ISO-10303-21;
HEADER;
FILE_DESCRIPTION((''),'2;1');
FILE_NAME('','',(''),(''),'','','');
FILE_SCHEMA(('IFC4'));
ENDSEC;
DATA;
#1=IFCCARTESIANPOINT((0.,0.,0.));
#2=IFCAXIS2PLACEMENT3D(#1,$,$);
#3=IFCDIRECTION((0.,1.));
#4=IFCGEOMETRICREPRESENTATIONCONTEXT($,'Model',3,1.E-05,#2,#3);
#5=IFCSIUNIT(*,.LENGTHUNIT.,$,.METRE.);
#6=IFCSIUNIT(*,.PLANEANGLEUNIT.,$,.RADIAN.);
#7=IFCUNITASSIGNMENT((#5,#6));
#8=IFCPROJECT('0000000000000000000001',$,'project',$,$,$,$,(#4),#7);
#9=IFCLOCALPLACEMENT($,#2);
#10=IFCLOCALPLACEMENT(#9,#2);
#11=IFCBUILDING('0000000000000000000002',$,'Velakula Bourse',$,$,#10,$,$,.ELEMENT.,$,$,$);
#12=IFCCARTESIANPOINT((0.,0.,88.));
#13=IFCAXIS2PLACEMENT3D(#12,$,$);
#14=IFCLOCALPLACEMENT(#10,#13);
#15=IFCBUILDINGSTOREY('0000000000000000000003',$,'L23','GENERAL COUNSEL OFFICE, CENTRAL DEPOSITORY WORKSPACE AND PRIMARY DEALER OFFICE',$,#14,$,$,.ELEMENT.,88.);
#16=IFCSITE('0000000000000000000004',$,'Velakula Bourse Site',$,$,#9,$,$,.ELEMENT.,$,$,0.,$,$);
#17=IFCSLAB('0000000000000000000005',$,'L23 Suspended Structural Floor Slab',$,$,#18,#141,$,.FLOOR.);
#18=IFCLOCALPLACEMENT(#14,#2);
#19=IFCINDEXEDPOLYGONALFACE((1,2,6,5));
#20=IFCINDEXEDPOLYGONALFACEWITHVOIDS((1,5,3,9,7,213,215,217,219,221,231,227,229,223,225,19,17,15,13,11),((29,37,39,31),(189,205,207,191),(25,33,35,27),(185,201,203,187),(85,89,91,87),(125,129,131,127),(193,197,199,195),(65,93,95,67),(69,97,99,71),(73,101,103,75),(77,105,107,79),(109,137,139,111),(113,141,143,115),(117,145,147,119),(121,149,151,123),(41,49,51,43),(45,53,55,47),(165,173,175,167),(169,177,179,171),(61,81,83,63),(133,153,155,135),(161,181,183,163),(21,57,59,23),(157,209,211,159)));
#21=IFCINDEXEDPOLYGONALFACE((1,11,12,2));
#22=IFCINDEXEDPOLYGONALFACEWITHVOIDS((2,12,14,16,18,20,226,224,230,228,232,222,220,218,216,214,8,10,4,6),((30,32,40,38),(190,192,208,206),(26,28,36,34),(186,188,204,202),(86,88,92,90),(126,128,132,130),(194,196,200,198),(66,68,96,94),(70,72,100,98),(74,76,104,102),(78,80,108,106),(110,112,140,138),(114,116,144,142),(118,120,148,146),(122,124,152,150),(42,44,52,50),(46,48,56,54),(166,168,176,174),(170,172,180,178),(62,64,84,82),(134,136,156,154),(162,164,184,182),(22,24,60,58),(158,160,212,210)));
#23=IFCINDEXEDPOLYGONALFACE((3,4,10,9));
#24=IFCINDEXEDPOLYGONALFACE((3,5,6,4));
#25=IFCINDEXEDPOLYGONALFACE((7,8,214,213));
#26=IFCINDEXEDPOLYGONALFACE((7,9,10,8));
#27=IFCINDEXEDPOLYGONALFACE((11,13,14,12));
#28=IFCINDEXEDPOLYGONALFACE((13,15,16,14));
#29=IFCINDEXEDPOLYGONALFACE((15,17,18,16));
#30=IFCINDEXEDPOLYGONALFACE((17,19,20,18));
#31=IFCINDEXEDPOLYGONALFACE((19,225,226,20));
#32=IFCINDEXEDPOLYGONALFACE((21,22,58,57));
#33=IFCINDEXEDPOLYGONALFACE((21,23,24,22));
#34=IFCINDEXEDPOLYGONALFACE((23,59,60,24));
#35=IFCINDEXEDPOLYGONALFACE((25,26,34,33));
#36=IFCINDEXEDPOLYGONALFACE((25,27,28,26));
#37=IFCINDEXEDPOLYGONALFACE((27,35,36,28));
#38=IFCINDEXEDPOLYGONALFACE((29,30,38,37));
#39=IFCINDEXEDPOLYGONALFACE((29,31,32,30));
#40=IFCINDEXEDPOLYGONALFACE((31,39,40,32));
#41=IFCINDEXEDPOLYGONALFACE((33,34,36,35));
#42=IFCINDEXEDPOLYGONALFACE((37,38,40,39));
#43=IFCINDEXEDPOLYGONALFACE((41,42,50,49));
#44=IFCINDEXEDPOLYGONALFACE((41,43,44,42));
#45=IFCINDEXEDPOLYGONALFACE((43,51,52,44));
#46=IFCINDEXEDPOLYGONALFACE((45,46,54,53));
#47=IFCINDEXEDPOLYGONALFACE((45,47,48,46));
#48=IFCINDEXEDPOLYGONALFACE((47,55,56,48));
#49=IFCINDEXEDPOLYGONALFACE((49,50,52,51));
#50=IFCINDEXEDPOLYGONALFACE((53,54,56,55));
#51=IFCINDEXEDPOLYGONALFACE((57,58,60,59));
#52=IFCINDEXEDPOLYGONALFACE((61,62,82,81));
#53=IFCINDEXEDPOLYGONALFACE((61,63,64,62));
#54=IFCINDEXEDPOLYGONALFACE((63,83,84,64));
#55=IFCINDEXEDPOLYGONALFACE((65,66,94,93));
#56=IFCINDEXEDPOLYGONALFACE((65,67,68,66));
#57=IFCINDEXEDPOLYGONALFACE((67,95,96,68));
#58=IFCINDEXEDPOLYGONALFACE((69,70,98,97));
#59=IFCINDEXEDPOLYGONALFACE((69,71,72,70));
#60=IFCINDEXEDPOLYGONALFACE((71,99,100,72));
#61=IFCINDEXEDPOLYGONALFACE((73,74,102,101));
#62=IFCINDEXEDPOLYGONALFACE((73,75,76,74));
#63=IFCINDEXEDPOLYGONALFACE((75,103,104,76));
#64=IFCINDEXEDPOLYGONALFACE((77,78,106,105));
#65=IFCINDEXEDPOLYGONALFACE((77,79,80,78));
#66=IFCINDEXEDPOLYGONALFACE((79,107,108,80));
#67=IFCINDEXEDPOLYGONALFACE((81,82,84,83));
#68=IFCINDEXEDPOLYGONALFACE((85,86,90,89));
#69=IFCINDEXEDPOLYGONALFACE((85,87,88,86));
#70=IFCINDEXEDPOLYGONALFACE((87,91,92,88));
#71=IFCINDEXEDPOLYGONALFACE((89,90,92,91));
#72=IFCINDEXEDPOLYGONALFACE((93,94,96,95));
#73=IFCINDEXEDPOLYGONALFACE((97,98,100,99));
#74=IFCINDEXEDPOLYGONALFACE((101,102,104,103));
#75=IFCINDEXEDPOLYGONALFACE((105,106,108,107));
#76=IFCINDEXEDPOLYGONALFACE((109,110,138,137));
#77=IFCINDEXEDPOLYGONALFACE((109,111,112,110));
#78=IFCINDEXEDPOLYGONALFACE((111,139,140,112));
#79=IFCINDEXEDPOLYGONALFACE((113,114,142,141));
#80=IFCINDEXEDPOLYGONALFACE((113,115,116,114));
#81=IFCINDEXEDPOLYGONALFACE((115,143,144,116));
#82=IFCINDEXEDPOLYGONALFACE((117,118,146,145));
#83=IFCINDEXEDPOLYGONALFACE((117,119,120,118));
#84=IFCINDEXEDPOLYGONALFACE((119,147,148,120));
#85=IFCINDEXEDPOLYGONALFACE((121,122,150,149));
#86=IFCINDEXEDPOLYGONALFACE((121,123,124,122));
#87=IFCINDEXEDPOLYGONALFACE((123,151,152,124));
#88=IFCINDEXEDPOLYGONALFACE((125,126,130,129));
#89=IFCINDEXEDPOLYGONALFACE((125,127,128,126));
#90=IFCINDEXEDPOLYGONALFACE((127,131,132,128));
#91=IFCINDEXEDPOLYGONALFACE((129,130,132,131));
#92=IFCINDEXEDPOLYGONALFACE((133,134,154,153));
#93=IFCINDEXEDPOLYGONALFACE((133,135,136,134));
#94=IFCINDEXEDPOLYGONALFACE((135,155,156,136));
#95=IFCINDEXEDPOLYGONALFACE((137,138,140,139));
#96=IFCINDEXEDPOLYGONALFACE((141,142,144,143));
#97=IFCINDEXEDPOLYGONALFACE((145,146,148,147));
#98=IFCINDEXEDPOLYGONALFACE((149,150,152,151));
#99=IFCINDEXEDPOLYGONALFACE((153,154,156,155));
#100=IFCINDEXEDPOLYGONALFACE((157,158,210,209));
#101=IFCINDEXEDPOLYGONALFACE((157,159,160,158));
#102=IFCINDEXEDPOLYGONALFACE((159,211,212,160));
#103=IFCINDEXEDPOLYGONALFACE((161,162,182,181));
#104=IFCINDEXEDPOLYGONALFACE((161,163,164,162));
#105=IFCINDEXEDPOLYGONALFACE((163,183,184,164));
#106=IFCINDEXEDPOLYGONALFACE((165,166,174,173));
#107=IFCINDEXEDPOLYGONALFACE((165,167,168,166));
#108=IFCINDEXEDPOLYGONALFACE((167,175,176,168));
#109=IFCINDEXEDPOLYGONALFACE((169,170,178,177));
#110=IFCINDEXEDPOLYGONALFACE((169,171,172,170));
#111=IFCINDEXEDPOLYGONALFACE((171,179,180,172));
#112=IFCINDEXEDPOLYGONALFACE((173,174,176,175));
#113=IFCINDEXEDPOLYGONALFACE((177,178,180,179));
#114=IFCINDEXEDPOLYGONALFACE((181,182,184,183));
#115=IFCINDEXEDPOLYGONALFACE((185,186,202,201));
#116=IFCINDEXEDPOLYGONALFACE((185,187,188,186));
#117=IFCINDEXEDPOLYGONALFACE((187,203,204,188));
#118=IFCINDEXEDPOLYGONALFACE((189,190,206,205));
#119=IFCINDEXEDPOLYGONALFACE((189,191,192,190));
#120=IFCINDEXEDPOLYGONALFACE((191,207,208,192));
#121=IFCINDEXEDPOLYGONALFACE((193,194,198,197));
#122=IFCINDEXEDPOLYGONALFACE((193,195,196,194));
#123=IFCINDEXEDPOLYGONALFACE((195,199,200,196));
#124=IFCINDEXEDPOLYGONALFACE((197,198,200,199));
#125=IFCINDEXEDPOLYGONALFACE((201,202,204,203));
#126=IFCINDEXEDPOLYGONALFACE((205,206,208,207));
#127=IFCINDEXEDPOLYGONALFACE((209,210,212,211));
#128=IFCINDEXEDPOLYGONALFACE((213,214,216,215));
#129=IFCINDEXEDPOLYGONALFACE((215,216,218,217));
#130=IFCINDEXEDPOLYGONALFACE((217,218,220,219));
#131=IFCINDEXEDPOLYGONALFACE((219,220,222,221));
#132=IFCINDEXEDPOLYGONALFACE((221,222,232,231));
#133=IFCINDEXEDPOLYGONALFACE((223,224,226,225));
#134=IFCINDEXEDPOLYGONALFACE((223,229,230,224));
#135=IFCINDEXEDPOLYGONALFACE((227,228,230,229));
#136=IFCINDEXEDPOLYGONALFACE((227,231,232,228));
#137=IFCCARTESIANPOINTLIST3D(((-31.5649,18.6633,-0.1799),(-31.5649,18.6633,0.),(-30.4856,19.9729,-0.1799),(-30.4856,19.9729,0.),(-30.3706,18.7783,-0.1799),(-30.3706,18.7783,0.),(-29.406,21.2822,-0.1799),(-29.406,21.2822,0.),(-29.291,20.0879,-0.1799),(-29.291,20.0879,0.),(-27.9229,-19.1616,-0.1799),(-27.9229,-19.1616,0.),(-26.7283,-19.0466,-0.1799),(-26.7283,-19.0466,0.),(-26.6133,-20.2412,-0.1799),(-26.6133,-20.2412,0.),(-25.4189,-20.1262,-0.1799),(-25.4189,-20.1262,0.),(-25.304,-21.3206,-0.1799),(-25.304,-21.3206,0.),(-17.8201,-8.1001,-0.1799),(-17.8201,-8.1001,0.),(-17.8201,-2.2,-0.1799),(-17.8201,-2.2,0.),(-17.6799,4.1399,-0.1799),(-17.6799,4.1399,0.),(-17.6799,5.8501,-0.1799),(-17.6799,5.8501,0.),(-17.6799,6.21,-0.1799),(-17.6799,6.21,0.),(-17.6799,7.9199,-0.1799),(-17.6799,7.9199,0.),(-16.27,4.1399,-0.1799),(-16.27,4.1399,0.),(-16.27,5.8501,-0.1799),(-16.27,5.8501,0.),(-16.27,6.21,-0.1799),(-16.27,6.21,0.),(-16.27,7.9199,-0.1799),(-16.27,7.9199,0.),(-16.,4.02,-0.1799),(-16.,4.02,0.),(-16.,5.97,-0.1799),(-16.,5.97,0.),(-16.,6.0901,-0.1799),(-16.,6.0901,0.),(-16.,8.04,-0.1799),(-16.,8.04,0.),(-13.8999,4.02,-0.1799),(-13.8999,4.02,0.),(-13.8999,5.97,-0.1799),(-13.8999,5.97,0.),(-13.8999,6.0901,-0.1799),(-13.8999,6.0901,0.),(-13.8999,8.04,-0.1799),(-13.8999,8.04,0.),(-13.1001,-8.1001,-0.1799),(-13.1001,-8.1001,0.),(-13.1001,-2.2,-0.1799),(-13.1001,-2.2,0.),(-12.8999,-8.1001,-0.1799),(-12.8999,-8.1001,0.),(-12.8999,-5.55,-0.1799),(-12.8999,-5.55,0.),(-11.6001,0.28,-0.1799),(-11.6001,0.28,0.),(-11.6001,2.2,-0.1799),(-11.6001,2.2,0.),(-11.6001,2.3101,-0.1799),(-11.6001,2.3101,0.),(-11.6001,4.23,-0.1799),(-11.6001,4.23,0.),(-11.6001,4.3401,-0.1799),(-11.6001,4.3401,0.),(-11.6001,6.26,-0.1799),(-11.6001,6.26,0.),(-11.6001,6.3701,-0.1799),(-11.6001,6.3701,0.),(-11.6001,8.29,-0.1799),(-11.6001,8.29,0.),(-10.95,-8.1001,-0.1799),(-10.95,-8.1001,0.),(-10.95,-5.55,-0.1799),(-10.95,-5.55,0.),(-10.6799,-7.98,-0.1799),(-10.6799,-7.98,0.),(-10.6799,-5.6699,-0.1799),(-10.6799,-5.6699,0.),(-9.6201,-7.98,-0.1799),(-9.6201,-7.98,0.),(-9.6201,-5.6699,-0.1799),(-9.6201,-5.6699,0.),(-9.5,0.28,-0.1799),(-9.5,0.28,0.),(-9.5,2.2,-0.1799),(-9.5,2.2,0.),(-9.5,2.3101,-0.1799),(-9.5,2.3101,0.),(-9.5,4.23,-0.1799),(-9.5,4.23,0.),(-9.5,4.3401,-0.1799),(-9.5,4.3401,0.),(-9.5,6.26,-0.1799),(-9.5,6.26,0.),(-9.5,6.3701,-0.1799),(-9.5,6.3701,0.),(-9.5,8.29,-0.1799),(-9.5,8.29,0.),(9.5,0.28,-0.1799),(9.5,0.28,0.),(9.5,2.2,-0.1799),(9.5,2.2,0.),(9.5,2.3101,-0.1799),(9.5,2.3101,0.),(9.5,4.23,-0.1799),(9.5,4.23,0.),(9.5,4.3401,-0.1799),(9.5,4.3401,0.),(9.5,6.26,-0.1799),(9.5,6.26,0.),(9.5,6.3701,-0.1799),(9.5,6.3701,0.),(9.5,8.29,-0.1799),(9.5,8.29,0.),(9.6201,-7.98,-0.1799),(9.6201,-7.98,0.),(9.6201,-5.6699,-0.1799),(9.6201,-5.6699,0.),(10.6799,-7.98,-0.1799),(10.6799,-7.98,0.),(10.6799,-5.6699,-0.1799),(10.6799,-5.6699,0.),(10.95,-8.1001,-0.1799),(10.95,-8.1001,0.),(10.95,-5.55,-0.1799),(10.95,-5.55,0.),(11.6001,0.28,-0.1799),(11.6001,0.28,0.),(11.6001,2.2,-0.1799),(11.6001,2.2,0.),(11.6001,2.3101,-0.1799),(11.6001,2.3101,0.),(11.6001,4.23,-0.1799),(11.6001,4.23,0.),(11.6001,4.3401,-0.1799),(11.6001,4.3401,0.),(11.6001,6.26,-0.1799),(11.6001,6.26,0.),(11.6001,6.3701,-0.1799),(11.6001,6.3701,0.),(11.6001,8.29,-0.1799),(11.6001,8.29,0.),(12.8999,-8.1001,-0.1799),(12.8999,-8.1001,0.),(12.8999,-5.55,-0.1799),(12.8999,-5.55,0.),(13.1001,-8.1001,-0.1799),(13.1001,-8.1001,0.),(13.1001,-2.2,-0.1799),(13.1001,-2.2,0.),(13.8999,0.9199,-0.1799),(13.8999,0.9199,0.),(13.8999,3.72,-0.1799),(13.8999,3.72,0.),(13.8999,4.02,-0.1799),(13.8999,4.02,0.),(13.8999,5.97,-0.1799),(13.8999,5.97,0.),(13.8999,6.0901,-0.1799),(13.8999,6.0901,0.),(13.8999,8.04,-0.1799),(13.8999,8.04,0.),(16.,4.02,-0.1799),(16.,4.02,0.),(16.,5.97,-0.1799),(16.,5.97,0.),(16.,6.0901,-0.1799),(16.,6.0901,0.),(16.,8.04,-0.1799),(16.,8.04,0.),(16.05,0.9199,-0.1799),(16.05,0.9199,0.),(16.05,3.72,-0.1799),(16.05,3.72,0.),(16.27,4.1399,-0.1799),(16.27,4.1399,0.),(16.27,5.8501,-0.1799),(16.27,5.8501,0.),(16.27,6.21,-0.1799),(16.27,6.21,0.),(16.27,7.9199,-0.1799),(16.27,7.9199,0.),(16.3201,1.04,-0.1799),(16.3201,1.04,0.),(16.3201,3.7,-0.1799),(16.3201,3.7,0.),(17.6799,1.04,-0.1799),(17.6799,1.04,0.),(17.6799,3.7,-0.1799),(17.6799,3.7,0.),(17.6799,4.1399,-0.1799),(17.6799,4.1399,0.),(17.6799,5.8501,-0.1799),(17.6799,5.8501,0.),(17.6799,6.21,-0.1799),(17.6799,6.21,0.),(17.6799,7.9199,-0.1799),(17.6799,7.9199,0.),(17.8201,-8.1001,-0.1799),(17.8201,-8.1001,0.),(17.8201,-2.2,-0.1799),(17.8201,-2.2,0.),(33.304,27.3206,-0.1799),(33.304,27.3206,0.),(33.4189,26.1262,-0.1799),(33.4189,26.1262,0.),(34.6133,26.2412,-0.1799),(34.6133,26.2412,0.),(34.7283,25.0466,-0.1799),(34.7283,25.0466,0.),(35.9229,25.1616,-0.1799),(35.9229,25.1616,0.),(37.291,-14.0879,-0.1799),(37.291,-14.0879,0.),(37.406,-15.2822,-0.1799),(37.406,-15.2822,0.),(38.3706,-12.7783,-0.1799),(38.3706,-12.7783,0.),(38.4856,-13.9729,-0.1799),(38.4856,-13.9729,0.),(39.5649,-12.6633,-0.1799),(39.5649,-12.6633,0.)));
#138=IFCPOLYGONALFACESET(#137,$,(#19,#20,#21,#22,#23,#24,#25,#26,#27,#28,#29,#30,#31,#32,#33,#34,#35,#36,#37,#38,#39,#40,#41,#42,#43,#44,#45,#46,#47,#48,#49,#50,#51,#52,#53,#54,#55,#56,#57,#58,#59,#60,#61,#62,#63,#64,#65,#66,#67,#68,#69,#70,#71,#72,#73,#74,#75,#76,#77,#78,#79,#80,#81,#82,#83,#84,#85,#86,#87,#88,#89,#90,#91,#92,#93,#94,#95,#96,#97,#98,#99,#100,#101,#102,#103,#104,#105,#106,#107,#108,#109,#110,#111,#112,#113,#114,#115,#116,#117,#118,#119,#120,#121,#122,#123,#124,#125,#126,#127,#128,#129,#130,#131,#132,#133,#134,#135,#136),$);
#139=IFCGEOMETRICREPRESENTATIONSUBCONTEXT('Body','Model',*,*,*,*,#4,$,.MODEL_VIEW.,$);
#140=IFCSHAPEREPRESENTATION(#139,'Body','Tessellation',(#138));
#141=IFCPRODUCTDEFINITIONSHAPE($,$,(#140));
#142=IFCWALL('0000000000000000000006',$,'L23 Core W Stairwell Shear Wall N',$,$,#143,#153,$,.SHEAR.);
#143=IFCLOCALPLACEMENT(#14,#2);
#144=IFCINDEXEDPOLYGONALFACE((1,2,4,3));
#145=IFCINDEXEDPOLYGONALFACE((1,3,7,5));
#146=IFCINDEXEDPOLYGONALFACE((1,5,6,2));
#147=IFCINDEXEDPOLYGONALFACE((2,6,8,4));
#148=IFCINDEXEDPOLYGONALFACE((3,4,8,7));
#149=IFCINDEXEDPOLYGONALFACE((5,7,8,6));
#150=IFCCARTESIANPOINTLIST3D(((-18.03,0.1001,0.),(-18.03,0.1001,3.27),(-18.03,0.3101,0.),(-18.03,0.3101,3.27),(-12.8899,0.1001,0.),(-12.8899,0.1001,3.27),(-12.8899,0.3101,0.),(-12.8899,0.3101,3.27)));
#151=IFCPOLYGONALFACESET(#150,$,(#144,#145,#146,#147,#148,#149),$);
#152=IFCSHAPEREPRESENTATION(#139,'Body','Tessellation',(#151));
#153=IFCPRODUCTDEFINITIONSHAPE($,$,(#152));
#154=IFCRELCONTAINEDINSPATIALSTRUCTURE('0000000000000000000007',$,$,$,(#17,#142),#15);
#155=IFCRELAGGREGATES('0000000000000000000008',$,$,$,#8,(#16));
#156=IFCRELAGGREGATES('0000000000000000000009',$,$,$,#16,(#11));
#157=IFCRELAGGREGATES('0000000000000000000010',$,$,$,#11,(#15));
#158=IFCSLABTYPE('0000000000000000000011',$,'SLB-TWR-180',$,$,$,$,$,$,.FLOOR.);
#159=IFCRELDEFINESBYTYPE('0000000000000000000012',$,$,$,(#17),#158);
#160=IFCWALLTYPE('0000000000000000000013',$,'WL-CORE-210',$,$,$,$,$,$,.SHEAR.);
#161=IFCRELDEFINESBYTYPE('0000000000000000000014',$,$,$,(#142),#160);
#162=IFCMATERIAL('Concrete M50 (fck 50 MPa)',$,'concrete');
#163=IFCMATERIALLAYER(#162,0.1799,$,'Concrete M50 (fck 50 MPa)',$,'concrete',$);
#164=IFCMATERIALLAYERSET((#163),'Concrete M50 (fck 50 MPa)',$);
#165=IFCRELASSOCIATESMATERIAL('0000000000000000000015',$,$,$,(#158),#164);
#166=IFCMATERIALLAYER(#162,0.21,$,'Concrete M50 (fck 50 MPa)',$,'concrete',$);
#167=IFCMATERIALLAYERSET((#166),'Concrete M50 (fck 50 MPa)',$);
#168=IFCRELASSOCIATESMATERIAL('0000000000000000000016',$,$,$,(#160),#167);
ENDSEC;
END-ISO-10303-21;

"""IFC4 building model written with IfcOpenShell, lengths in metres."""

from ifc_helpers import new_model, si_unit, direction, frame, frame_2d, origin, place, context, subcontext, project, spatial, polyline, rectangle, outline, extrude, material, layer, layer_set, type_object, element, save


model = new_model("IFC4")

# Units and contexts
model_context = context("Model", 3, precision=1e-05, world=origin(), true_north=direction((0.0, 1.0)))
body_context = subcontext(model_context, "Body", "Model", "MODEL_VIEW")
ifc_project = project(units=[si_unit("LENGTHUNIT", "METRE"), si_unit("PLANEANGLEUNIT", "RADIAN")], contexts=[model_context])

# Site, building, storey
site_placement = place(None, origin())
site = spatial("IfcSite", under=ifc_project, at=site_placement, Name="Velakula Bourse Site", CompositionType="ELEMENT", RefElevation=0.0)
building_placement = place(site_placement, origin())
building = spatial("IfcBuilding", under=site, at=building_placement, Name="Velakula Bourse", CompositionType="ELEMENT")
storey_placement = place(building_placement, frame((0.0, 0.0, 88.0)))
storey = spatial("IfcBuildingStorey", under=building, at=storey_placement, Name="L23", Description="GENERAL COUNSEL OFFICE, CENTRAL DEPOSITORY WORKSPACE AND PRIMARY DEALER OFFICE", CompositionType="ELEMENT", Elevation=88.0)

# Slab
ifc_material_1 = material(Name="Concrete M50 (fck 50 MPa)", Category="concrete")
ifc_layer_1 = layer(ifc_material_1, 0.1799, Name="Concrete M50 (fck 50 MPa)", Category="concrete")
ifc_layer_set_1 = layer_set([ifc_layer_1], Name="Concrete M50 (fck 50 MPa)")
slab_type = type_object("IfcSlabType", Name="SLB-TWR-180", PredefinedType="FLOOR", material=ifc_layer_set_1)
slab_placement = place(storey_placement, frame((0.0, 0.0, -0.1799)))
element("IfcSlab", 1, at=slab_placement, inside=storey, type_object=slab_type, Name="L23 Suspended Structural Floor Slab", PredefinedType="FLOOR", context=body_context, shape_type="SweptSolid", body=[
    extrude(outline(polyline([(-25.304, -21.3206), (37.406, -15.2822), (37.291, -14.0879), (38.4856, -13.9729), (38.3706, -12.7783), (39.5649, -12.6633), (35.9229, 25.1616), (34.7283, 25.0466), (34.6133, 26.2412), (33.4189, 26.1262), (33.304, 27.3206), (-29.406, 21.2822), (-29.291, 20.0879), (-30.4856, 19.9729), (-30.3706, 18.7783), (-31.5649, 18.6633), (-27.9229, -19.1616), (-26.7283, -19.0466), (-26.6133, -20.2412), (-25.4189, -20.1262), (-25.304, -21.3206)]), holes=[polyline([(-17.8201, -8.1001), (-13.1001, -8.1001), (-13.1001, -2.2), (-17.8201, -2.2), (-17.8201, -8.1001)]), polyline([(13.1001, -8.1001), (17.8201, -8.1001), (17.8201, -2.2), (13.1001, -2.2), (13.1001, -8.1001)]), polyline([(-12.8999, -8.1001), (-10.95, -8.1001), (-10.95, -5.55), (-12.8999, -5.55), (-12.8999, -8.1001)]), polyline([(10.95, -8.1001), (12.8999, -8.1001), (12.8999, -5.55), (10.95, -5.55), (10.95, -8.1001)]), polyline([(13.8999, 0.9199), (16.05, 0.9199), (16.05, 3.72), (13.8999, 3.72), (13.8999, 0.9199)]), polyline([(-10.6799, -7.98), (-9.6201, -7.98), (-9.6201, -5.6699), (-10.6799, -5.6699), (-10.6799, -7.98)]), polyline([(-17.6799, 4.1399), (-16.27, 4.1399), (-16.27, 5.8501), (-17.6799, 5.8501), (-17.6799, 4.1399)]), polyline([(-17.6799, 6.21), (-16.27, 6.21), (-16.27, 7.9199), (-17.6799, 7.9199), (-17.6799, 6.21)]), polyline([(9.6201, -7.98), (10.6799, -7.98), (10.6799, -5.6699), (9.6201, -5.6699), (9.6201, -7.98)]), polyline([(16.27, 4.1399), (17.6799, 4.1399), (17.6799, 5.8501), (16.27, 5.8501), (16.27, 4.1399)]), polyline([(16.27, 6.21), (17.6799, 6.21), (17.6799, 7.9199), (16.27, 7.9199), (16.27, 6.21)]), polyline([(16.3201, 1.04), (17.6799, 1.04), (17.6799, 3.7), (16.3201, 3.7), (16.3201, 1.04)]), polyline([(-11.6001, 0.28), (-9.5, 0.28), (-9.5, 2.2), (-11.6001, 2.2), (-11.6001, 0.28)]), polyline([(-11.6001, 2.3101), (-9.5, 2.3101), (-9.5, 4.23), (-11.6001, 4.23), (-11.6001, 2.3101)]), polyline([(-11.6001, 4.3401), (-9.5, 4.3401), (-9.5, 6.26), (-11.6001, 6.26), (-11.6001, 4.3401)]), polyline([(-11.6001, 6.3701), (-9.5, 6.3701), (-9.5, 8.29), (-11.6001, 8.29), (-11.6001, 6.3701)]), polyline([(9.5, 0.28), (11.6001, 0.28), (11.6001, 2.2), (9.5, 2.2), (9.5, 0.28)]), polyline([(9.5, 2.3101), (11.6001, 2.3101), (11.6001, 4.23), (9.5, 4.23), (9.5, 2.3101)]), polyline([(9.5, 4.3401), (11.6001, 4.3401), (11.6001, 6.26), (9.5, 6.26), (9.5, 4.3401)]), polyline([(9.5, 6.3701), (11.6001, 6.3701), (11.6001, 8.29), (9.5, 8.29), (9.5, 6.3701)]), polyline([(-16.0, 4.02), (-13.8999, 4.02), (-13.8999, 5.97), (-16.0, 5.97), (-16.0, 4.02)]), polyline([(-16.0, 6.0901), (-13.8999, 6.0901), (-13.8999, 8.04), (-16.0, 8.04), (-16.0, 6.0901)]), polyline([(13.8999, 4.02), (16.0, 4.02), (16.0, 5.97), (13.8999, 5.97), (13.8999, 4.02)]), polyline([(13.8999, 6.0901), (16.0, 6.0901), (16.0, 8.04), (13.8999, 8.04), (13.8999, 6.0901)])]), origin(), (0.0, 0.0, 1.0), 0.1799),
])

# Wall
ifc_layer_2 = layer(ifc_material_1, 0.21, Name="Concrete M50 (fck 50 MPa)", Category="concrete")
ifc_layer_set_2 = layer_set([ifc_layer_2], Name="Concrete M50 (fck 50 MPa)")
wall_type_1 = type_object("IfcWallType", Name="WL-CORE-210", PredefinedType="SHEAR", material=ifc_layer_set_2)
wall_1_placement = place(storey_placement, frame((-12.8899, 0.2051, 0.0), z_axis=(0.0, 0.0, 1.0), x_axis=(-1.0, 0.0, 0.0)))
element("IfcWall", 2, at=wall_1_placement, inside=storey, type_object=wall_type_1, Name="L23 Core W Stairwell Shear Wall N", PredefinedType="SHEAR", context=body_context, shape_type="SweptSolid", body=[
    extrude(rectangle(XDim=5.1401, YDim=0.21, at=frame_2d((2.5701, 0.0))), origin(), (0.0, 0.0, 1.0), 3.27),
])

save(model, "model.ifc")
